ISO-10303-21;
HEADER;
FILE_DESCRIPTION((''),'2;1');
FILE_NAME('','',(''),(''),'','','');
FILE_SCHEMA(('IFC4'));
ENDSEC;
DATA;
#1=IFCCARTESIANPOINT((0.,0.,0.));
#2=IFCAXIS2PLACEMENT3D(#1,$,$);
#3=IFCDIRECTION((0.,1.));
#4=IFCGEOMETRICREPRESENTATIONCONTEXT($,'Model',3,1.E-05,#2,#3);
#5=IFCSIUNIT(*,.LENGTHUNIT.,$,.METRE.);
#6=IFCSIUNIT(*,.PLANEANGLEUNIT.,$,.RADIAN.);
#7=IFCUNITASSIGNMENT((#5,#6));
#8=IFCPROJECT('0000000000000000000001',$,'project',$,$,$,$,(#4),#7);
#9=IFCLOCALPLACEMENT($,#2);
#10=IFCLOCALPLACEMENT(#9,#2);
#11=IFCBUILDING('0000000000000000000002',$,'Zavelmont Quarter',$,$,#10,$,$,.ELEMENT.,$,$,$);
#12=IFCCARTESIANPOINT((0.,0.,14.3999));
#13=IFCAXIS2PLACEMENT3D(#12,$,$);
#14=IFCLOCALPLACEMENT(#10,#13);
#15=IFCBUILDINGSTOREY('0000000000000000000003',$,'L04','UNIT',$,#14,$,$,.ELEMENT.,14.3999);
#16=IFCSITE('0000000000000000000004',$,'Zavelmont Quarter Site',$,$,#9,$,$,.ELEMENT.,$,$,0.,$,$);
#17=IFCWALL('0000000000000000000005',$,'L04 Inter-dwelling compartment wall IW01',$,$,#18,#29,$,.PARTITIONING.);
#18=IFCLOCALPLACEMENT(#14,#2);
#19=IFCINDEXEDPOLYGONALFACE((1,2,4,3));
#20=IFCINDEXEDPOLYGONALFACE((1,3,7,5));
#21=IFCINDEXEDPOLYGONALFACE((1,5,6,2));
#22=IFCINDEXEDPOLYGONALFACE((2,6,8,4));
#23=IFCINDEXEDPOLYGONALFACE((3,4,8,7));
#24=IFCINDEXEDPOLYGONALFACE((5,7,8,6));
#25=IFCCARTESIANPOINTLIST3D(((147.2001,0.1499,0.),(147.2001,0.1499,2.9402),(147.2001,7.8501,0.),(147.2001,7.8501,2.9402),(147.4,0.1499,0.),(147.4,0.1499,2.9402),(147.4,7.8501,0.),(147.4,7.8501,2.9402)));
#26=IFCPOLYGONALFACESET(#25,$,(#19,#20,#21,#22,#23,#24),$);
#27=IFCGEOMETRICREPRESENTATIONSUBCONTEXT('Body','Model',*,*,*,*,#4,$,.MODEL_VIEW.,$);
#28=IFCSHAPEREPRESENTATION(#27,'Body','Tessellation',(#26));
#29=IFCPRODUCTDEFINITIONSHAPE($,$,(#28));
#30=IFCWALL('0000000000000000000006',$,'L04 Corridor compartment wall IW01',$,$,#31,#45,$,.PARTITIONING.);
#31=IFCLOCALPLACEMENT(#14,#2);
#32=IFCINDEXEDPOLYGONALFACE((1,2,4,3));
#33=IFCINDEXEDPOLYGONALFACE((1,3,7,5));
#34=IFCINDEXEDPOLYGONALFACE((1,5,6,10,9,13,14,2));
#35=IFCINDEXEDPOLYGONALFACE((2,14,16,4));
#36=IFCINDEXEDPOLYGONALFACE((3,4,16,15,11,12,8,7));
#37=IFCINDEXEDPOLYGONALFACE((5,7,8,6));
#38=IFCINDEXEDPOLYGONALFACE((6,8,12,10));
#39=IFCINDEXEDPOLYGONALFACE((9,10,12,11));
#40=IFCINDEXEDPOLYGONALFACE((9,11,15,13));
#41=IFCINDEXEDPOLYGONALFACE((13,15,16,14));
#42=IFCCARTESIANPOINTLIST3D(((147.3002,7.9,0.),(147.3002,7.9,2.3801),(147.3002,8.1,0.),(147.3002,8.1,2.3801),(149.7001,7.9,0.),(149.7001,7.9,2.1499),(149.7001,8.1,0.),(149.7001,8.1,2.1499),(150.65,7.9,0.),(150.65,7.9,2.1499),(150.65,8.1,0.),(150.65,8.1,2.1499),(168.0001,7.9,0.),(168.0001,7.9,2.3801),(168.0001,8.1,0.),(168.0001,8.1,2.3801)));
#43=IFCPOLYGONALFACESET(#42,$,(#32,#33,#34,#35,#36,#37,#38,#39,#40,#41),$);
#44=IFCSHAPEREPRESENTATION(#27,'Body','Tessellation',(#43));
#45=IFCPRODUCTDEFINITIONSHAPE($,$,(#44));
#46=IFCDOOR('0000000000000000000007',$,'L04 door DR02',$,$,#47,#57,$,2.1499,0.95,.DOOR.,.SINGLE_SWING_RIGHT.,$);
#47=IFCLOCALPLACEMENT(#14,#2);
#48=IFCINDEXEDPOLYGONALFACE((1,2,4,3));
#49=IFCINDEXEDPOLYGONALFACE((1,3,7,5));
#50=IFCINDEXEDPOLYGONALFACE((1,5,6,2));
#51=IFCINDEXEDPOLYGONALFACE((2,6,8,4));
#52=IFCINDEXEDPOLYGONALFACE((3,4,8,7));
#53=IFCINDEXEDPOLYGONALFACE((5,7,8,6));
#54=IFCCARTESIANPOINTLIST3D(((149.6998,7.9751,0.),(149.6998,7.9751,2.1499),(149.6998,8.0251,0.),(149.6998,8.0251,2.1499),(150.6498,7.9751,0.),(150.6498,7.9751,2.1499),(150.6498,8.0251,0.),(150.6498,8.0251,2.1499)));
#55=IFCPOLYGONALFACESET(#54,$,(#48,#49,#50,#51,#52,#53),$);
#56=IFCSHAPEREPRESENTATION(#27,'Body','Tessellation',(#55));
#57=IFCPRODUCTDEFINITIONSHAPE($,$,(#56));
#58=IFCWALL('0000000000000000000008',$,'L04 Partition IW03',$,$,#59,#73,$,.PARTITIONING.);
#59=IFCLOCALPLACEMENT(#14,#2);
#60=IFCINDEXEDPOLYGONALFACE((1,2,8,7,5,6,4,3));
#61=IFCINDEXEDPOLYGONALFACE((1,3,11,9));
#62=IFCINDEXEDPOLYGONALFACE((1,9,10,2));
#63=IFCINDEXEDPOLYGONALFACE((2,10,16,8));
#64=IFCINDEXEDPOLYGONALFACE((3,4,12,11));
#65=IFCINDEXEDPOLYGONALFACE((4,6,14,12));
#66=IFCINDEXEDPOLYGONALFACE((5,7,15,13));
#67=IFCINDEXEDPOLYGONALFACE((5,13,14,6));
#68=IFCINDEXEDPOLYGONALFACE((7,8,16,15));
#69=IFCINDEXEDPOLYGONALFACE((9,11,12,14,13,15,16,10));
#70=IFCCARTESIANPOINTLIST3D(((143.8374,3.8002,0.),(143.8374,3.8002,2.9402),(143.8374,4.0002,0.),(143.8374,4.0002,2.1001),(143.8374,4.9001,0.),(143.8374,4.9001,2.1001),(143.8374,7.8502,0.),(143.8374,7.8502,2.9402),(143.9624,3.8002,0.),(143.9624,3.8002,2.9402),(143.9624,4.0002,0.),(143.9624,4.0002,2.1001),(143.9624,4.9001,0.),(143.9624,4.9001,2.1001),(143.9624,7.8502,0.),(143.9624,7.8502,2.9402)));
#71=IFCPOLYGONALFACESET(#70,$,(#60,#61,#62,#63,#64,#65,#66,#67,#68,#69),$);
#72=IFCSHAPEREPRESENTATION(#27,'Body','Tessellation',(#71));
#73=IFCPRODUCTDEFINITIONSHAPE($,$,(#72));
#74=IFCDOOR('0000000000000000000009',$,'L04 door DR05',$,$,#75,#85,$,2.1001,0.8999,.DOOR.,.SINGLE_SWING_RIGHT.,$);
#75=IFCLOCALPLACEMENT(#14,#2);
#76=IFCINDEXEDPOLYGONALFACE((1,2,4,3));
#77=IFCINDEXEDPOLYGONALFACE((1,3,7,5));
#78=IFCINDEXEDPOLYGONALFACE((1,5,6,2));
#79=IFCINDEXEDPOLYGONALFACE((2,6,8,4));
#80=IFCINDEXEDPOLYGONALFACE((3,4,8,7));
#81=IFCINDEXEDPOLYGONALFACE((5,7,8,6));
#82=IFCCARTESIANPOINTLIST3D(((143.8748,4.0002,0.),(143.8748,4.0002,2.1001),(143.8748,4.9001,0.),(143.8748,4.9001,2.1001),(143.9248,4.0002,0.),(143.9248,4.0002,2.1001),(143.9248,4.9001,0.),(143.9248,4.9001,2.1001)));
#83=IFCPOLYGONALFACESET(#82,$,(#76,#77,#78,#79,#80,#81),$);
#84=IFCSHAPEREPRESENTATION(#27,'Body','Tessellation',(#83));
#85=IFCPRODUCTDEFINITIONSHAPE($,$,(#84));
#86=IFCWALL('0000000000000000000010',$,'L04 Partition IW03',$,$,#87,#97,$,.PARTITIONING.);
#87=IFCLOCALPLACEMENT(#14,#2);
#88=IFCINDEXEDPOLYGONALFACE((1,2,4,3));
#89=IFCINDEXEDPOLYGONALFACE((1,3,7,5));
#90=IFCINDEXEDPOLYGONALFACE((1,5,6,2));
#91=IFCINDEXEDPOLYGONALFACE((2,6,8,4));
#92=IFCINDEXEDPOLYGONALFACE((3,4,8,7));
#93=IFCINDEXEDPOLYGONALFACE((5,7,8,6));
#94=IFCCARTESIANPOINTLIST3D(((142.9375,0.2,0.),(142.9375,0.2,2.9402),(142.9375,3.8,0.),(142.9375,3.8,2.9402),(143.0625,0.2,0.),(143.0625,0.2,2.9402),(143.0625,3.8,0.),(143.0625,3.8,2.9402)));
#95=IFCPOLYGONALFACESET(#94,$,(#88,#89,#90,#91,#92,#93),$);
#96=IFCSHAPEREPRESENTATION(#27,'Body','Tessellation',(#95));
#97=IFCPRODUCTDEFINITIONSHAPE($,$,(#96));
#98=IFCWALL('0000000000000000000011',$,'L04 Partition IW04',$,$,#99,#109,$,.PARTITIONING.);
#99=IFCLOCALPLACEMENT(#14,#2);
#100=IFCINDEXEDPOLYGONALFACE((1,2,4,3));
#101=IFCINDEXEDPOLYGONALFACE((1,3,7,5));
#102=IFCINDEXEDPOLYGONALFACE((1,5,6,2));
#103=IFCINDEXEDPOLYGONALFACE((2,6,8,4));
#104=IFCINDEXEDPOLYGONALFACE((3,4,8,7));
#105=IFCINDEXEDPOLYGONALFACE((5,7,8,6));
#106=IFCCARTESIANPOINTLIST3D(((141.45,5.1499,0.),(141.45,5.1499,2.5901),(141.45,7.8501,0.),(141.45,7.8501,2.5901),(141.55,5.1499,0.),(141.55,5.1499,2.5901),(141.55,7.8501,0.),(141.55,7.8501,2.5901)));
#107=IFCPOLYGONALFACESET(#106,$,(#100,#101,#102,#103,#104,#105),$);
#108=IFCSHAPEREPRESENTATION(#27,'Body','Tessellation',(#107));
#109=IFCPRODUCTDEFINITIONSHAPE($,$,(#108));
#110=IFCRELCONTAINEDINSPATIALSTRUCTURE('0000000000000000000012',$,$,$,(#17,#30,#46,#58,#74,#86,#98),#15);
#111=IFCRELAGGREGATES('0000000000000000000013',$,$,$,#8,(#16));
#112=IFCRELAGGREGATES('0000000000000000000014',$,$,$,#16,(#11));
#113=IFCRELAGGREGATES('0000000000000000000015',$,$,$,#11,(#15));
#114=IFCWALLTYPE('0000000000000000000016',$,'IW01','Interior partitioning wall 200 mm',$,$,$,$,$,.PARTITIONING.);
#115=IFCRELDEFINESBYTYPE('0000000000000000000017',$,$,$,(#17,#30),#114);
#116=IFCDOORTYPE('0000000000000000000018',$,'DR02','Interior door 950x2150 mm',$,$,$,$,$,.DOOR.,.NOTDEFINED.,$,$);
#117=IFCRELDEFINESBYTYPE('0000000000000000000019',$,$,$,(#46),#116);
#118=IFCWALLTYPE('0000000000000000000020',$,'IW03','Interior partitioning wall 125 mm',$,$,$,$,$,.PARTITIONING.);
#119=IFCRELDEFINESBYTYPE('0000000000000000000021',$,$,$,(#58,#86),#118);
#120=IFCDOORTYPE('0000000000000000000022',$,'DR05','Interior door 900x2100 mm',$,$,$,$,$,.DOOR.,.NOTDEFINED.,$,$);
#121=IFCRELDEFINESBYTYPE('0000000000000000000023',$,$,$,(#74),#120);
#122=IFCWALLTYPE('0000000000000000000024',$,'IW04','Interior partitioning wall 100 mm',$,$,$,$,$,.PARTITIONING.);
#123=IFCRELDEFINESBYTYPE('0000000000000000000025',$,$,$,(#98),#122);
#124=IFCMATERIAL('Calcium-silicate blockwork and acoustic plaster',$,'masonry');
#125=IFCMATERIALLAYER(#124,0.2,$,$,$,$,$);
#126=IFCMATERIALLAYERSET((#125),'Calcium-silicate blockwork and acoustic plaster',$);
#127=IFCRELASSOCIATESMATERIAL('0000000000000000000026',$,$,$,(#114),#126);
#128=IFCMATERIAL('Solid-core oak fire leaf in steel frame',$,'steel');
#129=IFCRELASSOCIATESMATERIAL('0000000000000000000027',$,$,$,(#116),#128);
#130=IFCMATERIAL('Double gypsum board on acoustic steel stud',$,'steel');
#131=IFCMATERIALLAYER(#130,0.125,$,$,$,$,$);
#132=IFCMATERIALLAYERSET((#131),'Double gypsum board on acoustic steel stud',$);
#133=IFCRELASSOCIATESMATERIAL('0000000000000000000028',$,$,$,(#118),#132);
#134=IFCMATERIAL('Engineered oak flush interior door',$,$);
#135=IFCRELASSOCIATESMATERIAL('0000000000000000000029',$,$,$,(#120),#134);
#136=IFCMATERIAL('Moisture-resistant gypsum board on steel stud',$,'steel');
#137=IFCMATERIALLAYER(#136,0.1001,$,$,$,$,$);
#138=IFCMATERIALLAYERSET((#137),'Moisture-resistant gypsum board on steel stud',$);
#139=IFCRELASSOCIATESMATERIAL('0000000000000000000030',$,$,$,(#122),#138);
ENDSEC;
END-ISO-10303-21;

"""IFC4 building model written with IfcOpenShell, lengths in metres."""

from ifc_helpers import new_model, si_unit, direction, frame, frame_2d, origin, origin_with_axes, place, context, subcontext, project, spatial, rectangle, extrude, material, layer, layer_set, type_object, element, fill, save


model = new_model("IFC4")

# Units and contexts
model_context = context("Model", 3, precision=1e-05, world=origin(), true_north=direction((0.0, 1.0)))
body_context = subcontext(model_context, "Body", "Model", "MODEL_VIEW")
ifc_project = project(units=[si_unit("LENGTHUNIT", "METRE"), si_unit("PLANEANGLEUNIT", "RADIAN")], contexts=[model_context])

# Site, building, storey
site_placement = place(None, origin())
site = spatial("IfcSite", under=ifc_project, at=site_placement, Name="Zavelmont Quarter Site", CompositionType="ELEMENT", RefElevation=0.0)
building_placement = place(site_placement, origin())
building = spatial("IfcBuilding", under=site, at=building_placement, Name="Zavelmont Quarter", CompositionType="ELEMENT")
storey_placement = place(building_placement, frame((0.0, 0.0, 14.3999)))
storey = spatial("IfcBuildingStorey", under=building, at=storey_placement, Name="L04", Description="UNIT", CompositionType="ELEMENT", Elevation=14.3999)

# Wall
ifc_material_1 = material(Name="Calcium-silicate blockwork and acoustic plaster", Category="masonry")
ifc_layer_1 = layer(ifc_material_1, 0.2)
ifc_layer_set_1 = layer_set([ifc_layer_1], Name="Calcium-silicate blockwork and acoustic plaster")
wall_type_1 = type_object("IfcWallType", Name="IW01", Description="Interior partitioning wall 200 mm", PredefinedType="PARTITIONING", material=ifc_layer_set_1)
wall_1_placement = place(storey_placement, frame((147.3, 7.8501, 0.0), z_axis=(0.0, 0.0, 1.0), x_axis=(0.0, -1.0, 0.0)))
element("IfcWall", 1, at=wall_1_placement, inside=storey, type_object=wall_type_1, Name="L04 Inter-dwelling compartment wall IW01", PredefinedType="PARTITIONING", context=body_context, shape_type="SweptSolid", body=[
    extrude(rectangle(XDim=7.7002, YDim=0.2, at=frame_2d((3.8501, 0.0))), origin(), (0.0, 0.0, 1.0), 2.9402),
])

# Walls, openings, doors
wall_2_placement = place(storey_placement, frame((147.3, 8.0, 0.0), z_axis=(0.0, 0.0, 1.0), x_axis=(1.0, 0.0, 0.0)))
wall_2 = element("IfcWall", 2, at=wall_2_placement, inside=storey, type_object=wall_type_1, Name="L04 Corridor compartment wall IW01", PredefinedType="PARTITIONING", context=body_context, shape_type="SweptSolid", body=[
    extrude(rectangle(XDim=20.7, YDim=0.2, at=frame_2d((10.3501, 0.0))), origin(), (0.0, 0.0, 1.0), 2.3801),
])
opening_1_placement = place(wall_2_placement, frame((2.3999, 0.0, 0.0)))
opening_1 = element("IfcOpeningElement", 3, at=opening_1_placement, cuts=wall_2, PredefinedType="OPENING", context=body_context, shape_type="SweptSolid", body=[
    extrude(rectangle(XDim=0.95, YDim=2.1499, at=frame_2d((0.4751, 1.075))), frame((0.0, 0.1118, 0.0), z_axis=(0.0, -1.0, 0.0), x_axis=(1.0, 0.0, 0.0)), (0.0, 0.0, 1.0), 0.2239),
])
ifc_material_2 = material(Name="Solid-core oak fire leaf in steel frame", Category="steel")
door_type_1 = type_object("IfcDoorType", Name="DR02", Description="Interior door 950x2150 mm", OperationType="NOTDEFINED", PredefinedType="DOOR", material=ifc_material_2)
door_1_placement = place(opening_1_placement, frame((0.95, 0.0, 0.0), z_axis=(0.0, 0.0, 1.0), x_axis=(-1.0, 0.0, 0.0)))
door_1 = element("IfcDoor", 4, at=door_1_placement, inside=storey, type_object=door_type_1, Name="L04 door DR02", OperationType="SINGLE_SWING_RIGHT", OverallHeight=2.1499, OverallWidth=0.95, PredefinedType="DOOR", context=body_context, shape_type="SweptSolid", body=[
    extrude(rectangle(XDim=0.95, YDim=2.1499, at=frame_2d((0.4751, 1.075))), frame((0.0, 0.0249, 0.0), z_axis=(0.0, -1.0, 0.0), x_axis=(1.0, 0.0, 0.0)), (0.0, 0.0, 1.0), 0.05),
])
fill(opening_1, door_1)
ifc_material_3 = material(Name="Double gypsum board on acoustic steel stud", Category="steel")
ifc_layer_2 = layer(ifc_material_3, 0.125)
ifc_layer_set_2 = layer_set([ifc_layer_2], Name="Double gypsum board on acoustic steel stud")
wall_type_2 = type_object("IfcWallType", Name="IW03", Description="Interior partitioning wall 125 mm", PredefinedType="PARTITIONING", material=ifc_layer_set_2)
wall_3_placement = place(storey_placement, frame((143.8999, 7.8501, 0.0), z_axis=(0.0, 0.0, 1.0), x_axis=(0.0, -1.0, 0.0)))
wall_3 = element("IfcWall", 5, at=wall_3_placement, inside=storey, type_object=wall_type_2, Name="L04 Partition IW03", PredefinedType="PARTITIONING", context=body_context, shape_type="SweptSolid", body=[
    extrude(rectangle(XDim=4.05, YDim=0.125, at=frame_2d((2.0249, 0.0))), origin(), (0.0, 0.0, 1.0), 2.9402),
])
opening_2_placement = place(wall_3_placement, frame((2.95, 0.0, 0.0)))
opening_2 = element("IfcOpeningElement", 6, at=opening_2_placement, cuts=wall_3, PredefinedType="OPENING", context=body_context, shape_type="SweptSolid", body=[
    extrude(rectangle(XDim=0.8999, YDim=2.1001, at=frame_2d((0.45, 1.05))), frame((0.0, 0.0745, 0.0), z_axis=(0.0, -1.0, 0.0), x_axis=(1.0, 0.0, 0.0)), (0.0, 0.0, 1.0), 0.1489),
])
ifc_material_4 = material(Name="Engineered oak flush interior door")
door_type_2 = type_object("IfcDoorType", Name="DR05", Description="Interior door 900x2100 mm", OperationType="NOTDEFINED", PredefinedType="DOOR", material=ifc_material_4)
door_2_placement = place(opening_2_placement, origin_with_axes())
door_2 = element("IfcDoor", 7, at=door_2_placement, inside=storey, type_object=door_type_2, Name="L04 door DR05", OperationType="SINGLE_SWING_RIGHT", OverallHeight=2.1001, OverallWidth=0.8999, PredefinedType="DOOR", context=body_context, shape_type="SweptSolid", body=[
    extrude(rectangle(XDim=0.8999, YDim=2.1001, at=frame_2d((0.45, 1.05))), frame((0.0, 0.0249, 0.0), z_axis=(0.0, -1.0, 0.0), x_axis=(1.0, 0.0, 0.0)), (0.0, 0.0, 1.0), 0.05),
])
fill(opening_2, door_2)

# Walls
wall_4_placement = place(storey_placement, frame((143.0, 3.8, 0.0), z_axis=(0.0, 0.0, 1.0), x_axis=(0.0, -1.0, 0.0)))
element("IfcWall", 8, at=wall_4_placement, inside=storey, type_object=wall_type_2, Name="L04 Partition IW03", PredefinedType="PARTITIONING", context=body_context, shape_type="SweptSolid", body=[
    extrude(rectangle(XDim=3.6001, YDim=0.125, at=frame_2d((1.8, 0.0))), origin(), (0.0, 0.0, 1.0), 2.9402),
])
ifc_material_5 = material(Name="Moisture-resistant gypsum board on steel stud", Category="steel")
ifc_layer_3 = layer(ifc_material_5, 0.1001)
ifc_layer_set_3 = layer_set([ifc_layer_3], Name="Moisture-resistant gypsum board on steel stud")
wall_type_3 = type_object("IfcWallType", Name="IW04", Description="Interior partitioning wall 100 mm", PredefinedType="PARTITIONING", material=ifc_layer_set_3)
wall_5_placement = place(storey_placement, frame((141.5, 7.8501, 0.0), z_axis=(0.0, 0.0, 1.0), x_axis=(0.0, -1.0, 0.0)))
element("IfcWall", 9, at=wall_5_placement, inside=storey, type_object=wall_type_3, Name="L04 Partition IW04", PredefinedType="PARTITIONING", context=body_context, shape_type="SweptSolid", body=[
    extrude(rectangle(XDim=2.7002, YDim=0.1001, at=frame_2d((1.3501, 0.0))), origin(), (0.0, 0.0, 1.0), 2.5901),
])

save(model, "model.ifc")
